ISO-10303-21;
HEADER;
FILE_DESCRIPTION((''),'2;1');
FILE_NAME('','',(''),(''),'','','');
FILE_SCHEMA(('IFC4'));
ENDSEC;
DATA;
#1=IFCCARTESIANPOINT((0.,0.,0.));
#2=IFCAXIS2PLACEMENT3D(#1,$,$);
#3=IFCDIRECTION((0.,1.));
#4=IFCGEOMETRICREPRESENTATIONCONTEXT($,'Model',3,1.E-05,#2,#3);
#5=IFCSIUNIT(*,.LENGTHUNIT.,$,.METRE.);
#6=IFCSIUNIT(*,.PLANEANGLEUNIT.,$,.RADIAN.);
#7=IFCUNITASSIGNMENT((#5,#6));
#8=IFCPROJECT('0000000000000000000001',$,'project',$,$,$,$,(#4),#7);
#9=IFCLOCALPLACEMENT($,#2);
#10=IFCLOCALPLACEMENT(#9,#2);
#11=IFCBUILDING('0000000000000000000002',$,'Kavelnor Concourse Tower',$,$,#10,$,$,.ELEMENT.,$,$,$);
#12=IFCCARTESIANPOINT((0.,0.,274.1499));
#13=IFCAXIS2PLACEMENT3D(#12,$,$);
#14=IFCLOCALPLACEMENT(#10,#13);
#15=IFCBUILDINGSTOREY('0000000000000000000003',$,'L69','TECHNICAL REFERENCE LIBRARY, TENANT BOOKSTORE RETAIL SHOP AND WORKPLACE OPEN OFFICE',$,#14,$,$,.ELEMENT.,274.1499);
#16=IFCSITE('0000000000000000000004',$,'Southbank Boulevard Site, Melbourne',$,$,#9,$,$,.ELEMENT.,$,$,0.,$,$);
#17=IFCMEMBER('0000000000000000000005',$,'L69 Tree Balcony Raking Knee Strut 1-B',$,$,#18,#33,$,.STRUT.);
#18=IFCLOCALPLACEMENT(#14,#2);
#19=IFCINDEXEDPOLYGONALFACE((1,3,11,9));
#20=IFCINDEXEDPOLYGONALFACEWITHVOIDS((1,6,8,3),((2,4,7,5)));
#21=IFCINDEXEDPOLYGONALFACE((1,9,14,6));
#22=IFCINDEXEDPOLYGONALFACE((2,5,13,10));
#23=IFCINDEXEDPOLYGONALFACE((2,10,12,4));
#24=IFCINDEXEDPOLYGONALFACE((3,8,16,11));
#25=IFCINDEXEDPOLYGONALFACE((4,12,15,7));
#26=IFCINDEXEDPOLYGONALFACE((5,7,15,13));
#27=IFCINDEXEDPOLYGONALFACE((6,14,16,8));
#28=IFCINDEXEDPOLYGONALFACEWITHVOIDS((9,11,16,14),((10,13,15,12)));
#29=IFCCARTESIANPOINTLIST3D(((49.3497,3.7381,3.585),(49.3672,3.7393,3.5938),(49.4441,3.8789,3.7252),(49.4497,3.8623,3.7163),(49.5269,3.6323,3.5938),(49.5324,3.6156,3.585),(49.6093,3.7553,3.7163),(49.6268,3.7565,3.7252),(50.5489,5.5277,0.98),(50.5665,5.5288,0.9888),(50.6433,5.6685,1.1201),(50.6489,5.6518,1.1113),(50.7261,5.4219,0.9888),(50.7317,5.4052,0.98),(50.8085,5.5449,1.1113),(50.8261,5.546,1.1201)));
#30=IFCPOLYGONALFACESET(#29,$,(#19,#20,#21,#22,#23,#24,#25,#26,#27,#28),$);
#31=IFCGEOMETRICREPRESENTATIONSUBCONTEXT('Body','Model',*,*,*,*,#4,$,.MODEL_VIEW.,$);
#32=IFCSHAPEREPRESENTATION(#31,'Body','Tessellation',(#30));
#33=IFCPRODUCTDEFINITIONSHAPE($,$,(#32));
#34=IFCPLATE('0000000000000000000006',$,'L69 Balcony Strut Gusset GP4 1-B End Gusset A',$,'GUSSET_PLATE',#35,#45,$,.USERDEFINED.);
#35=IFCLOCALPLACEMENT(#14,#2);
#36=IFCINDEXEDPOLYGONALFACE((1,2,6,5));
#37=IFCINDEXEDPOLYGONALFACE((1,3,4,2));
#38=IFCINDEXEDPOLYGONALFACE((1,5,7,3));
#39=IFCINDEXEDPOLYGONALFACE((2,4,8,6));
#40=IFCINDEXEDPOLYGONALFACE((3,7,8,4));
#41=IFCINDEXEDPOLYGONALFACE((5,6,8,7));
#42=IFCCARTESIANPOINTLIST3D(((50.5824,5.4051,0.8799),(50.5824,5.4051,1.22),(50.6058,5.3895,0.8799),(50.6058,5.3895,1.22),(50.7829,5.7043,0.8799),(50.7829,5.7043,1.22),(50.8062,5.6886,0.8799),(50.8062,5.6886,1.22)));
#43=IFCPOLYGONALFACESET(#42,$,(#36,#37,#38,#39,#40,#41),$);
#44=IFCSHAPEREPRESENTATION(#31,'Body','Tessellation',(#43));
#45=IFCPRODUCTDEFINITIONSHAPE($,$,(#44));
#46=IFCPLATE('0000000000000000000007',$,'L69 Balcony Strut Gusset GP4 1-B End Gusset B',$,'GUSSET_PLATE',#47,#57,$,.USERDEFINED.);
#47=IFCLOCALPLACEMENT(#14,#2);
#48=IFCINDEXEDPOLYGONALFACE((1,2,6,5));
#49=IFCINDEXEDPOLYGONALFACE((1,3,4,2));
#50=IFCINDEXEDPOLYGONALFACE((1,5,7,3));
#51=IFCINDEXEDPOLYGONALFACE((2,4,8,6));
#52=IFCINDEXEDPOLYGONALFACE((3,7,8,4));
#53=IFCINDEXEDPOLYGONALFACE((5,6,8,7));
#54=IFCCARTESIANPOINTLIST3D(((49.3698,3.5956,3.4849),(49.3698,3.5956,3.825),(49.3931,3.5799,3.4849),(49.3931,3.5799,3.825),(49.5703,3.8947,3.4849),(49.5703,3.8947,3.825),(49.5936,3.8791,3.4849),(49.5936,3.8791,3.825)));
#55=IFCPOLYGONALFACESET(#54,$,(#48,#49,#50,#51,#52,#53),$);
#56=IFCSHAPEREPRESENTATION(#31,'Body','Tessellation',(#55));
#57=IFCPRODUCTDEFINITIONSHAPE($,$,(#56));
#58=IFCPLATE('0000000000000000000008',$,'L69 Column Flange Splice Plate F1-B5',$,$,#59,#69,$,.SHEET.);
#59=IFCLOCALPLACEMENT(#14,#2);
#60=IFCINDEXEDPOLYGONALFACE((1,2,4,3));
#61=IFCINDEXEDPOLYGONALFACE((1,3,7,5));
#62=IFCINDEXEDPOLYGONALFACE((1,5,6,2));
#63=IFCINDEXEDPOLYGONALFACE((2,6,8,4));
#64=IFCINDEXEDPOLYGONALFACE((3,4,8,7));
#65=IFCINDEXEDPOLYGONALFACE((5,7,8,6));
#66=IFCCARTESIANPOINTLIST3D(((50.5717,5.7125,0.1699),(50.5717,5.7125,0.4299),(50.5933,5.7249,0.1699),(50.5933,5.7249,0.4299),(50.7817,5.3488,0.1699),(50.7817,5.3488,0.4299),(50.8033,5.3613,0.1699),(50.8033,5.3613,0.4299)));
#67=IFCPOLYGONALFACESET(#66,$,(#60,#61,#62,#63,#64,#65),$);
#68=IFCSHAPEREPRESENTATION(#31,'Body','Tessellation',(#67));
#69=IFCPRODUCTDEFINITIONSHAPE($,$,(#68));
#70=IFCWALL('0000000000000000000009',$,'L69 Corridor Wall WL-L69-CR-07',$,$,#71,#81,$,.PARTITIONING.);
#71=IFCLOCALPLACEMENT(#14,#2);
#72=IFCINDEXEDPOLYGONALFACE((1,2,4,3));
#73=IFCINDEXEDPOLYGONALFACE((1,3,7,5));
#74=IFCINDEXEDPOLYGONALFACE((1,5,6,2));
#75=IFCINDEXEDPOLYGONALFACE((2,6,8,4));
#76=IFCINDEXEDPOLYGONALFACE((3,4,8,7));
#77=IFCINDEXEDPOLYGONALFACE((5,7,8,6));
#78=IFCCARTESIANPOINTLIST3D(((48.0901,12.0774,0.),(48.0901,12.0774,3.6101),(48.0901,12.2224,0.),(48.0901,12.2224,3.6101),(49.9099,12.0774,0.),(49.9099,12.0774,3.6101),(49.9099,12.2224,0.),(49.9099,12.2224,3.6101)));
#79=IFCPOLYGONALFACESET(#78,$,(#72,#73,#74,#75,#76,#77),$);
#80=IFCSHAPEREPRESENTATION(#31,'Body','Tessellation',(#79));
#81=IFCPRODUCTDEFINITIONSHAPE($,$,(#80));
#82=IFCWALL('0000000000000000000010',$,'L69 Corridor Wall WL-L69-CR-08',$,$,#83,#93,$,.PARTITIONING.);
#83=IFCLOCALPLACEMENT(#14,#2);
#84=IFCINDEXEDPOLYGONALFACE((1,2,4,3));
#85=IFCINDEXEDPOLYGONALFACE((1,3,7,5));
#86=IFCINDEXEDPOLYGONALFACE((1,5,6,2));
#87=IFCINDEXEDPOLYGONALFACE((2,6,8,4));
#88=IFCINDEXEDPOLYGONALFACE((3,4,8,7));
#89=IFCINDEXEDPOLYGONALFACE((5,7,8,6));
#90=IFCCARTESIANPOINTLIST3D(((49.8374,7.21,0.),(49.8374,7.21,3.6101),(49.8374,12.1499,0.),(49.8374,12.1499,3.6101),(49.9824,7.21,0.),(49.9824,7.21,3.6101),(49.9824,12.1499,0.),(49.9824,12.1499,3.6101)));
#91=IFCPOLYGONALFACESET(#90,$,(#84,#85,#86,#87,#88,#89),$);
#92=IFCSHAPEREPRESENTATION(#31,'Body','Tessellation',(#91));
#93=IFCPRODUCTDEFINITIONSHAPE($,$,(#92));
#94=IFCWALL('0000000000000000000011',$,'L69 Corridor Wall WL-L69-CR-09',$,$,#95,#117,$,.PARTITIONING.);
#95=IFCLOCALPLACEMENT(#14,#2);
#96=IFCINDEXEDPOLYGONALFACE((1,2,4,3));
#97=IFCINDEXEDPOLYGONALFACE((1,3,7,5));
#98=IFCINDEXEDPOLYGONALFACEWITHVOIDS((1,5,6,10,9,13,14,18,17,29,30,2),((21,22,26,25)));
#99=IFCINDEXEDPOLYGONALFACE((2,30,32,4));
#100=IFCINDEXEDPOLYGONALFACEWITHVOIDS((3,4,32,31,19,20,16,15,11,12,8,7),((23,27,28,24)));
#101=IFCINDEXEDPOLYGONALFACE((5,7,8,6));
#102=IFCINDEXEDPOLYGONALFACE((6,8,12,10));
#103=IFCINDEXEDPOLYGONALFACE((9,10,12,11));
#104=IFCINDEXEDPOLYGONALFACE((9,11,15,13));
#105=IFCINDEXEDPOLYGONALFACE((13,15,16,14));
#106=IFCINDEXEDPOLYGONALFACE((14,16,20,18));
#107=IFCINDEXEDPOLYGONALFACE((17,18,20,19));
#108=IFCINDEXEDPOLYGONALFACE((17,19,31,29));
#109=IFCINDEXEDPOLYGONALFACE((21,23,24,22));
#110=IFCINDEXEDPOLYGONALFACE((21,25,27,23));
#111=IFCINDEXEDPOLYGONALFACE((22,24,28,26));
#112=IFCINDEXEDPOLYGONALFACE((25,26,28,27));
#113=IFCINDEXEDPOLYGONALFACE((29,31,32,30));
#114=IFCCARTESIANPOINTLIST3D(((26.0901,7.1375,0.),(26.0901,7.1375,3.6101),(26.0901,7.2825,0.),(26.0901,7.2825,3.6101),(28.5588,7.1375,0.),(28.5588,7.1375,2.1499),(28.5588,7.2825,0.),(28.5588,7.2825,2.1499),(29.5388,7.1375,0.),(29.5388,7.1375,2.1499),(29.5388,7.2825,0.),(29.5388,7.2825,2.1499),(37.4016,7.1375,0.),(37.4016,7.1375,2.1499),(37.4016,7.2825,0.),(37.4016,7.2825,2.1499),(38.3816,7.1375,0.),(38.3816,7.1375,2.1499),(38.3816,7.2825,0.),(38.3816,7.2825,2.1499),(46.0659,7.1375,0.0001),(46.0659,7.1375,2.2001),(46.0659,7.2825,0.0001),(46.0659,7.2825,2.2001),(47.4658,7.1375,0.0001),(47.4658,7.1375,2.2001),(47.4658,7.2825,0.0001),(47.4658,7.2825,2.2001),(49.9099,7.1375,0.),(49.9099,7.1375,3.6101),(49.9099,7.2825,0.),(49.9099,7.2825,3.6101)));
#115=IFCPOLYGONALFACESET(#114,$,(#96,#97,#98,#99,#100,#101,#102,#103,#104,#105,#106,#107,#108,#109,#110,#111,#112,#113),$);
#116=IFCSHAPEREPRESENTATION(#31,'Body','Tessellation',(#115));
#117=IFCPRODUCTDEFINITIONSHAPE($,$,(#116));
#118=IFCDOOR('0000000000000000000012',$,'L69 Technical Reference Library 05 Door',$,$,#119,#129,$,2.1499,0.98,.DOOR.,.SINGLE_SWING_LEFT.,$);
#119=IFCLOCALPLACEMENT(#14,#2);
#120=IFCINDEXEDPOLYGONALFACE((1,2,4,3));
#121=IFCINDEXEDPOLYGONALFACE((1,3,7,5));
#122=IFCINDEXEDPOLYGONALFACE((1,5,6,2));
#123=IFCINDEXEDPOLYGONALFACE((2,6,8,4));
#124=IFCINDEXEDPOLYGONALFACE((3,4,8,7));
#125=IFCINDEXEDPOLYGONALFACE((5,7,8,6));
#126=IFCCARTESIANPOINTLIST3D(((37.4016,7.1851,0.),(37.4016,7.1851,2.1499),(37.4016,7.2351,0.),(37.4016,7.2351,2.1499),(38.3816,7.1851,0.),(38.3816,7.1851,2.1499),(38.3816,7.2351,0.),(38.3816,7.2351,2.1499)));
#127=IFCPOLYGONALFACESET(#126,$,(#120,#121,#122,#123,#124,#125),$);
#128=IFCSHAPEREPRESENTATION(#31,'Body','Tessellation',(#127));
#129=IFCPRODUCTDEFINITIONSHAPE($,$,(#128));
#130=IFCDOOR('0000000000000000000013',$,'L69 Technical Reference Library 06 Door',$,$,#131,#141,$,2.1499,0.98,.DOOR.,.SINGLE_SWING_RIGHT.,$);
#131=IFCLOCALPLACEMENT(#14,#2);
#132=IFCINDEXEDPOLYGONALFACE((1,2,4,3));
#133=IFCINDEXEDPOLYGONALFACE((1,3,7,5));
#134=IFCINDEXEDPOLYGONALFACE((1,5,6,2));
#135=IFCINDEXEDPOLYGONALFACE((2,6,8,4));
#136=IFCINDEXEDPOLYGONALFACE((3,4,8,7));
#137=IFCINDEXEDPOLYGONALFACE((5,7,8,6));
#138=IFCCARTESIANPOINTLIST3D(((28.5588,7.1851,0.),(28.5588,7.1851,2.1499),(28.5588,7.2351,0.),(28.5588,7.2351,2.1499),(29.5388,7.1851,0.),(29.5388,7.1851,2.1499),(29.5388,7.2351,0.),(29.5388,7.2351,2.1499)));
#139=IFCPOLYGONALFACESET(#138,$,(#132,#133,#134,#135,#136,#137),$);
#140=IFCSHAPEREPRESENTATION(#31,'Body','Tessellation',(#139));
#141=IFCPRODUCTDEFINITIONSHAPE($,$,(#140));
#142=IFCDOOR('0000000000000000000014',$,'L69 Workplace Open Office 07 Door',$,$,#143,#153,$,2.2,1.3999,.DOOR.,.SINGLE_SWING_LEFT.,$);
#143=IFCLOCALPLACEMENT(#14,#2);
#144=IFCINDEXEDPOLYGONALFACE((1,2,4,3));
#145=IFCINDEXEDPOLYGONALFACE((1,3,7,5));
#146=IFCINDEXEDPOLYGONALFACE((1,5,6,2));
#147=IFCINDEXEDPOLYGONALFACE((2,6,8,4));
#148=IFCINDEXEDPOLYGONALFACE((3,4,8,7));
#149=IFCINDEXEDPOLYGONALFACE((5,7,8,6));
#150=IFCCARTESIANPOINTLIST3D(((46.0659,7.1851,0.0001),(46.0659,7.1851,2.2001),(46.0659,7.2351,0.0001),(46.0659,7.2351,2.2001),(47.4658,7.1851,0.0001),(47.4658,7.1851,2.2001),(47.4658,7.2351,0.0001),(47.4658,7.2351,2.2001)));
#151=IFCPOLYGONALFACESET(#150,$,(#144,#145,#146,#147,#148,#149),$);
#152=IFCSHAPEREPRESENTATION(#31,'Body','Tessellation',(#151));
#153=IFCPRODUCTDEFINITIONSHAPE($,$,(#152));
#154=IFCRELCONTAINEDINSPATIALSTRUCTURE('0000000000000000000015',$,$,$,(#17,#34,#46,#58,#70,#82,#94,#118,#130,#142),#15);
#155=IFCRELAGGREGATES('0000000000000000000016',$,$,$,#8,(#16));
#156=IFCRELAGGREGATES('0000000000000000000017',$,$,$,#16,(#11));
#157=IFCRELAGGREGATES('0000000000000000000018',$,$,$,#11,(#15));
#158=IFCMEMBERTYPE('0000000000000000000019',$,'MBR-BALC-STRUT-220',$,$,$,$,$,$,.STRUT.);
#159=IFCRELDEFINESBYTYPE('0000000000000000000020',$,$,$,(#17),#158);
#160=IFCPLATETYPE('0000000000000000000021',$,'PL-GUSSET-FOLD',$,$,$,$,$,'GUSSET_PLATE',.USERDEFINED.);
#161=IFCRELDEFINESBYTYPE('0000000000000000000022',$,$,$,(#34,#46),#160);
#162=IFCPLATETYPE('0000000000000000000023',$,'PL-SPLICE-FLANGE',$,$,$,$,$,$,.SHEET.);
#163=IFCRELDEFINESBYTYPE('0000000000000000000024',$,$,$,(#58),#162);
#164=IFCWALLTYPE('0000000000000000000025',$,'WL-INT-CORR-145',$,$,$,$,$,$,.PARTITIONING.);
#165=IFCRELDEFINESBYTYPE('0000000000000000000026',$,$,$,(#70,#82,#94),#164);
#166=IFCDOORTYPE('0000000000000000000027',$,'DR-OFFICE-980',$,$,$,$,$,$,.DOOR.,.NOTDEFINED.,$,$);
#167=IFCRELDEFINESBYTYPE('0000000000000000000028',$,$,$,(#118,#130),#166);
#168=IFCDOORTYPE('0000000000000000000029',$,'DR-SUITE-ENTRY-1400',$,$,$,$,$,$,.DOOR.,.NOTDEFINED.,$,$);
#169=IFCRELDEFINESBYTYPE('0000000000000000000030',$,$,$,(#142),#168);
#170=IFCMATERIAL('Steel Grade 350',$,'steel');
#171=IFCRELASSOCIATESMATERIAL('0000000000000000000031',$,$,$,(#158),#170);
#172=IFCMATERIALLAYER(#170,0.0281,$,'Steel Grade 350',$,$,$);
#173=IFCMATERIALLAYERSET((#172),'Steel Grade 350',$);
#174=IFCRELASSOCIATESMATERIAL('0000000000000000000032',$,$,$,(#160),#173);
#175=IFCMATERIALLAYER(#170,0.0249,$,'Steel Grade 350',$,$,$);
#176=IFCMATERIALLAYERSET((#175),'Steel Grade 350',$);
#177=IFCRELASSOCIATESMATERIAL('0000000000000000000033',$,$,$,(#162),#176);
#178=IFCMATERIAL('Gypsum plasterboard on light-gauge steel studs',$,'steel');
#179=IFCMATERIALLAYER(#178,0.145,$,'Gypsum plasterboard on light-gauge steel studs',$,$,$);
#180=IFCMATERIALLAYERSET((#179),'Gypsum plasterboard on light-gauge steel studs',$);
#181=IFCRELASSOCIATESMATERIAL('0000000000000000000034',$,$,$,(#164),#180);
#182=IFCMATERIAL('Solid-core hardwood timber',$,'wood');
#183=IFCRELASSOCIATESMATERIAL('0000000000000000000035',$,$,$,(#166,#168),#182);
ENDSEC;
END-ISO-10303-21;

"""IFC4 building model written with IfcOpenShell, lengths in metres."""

from ifc_helpers import new_model, si_unit, direction, frame, frame_2d, origin, origin_2d, place, context, subcontext, project, spatial, rectangle, hollow_rectangle, extrude, material, layer, layer_set, material_profile, profile_set, type_object, element, fill, save


model = new_model("IFC4")

# Units and contexts
model_context = context("Model", 3, precision=1e-05, world=origin(), true_north=direction((0.0, 1.0)))
body_context = subcontext(model_context, "Body", "Model", "MODEL_VIEW")
ifc_project = project(units=[si_unit("LENGTHUNIT", "METRE"), si_unit("PLANEANGLEUNIT", "RADIAN")], contexts=[model_context])

# Site, building, storey
site_placement = place(None, origin())
site = spatial("IfcSite", under=ifc_project, at=site_placement, Name="Southbank Boulevard Site, Melbourne", CompositionType="ELEMENT", RefElevation=0.0)
building_placement = place(site_placement, origin())
building = spatial("IfcBuilding", under=site, at=building_placement, Name="Kavelnor Concourse Tower", CompositionType="ELEMENT")
storey_placement = place(building_placement, frame((0.0, 0.0, 274.1499)))
storey = spatial("IfcBuildingStorey", under=building, at=storey_placement, Name="L69", Description="TECHNICAL REFERENCE LIBRARY, TENANT BOOKSTORE RETAIL SHOP AND WORKPLACE OPEN OFFICE", CompositionType="ELEMENT", Elevation=274.1499)

# Shared definitions
ifc_material_1 = material(Name="Steel Grade 350", Category="steel")

# Member
ifc_material_profile_1 = material_profile(ifc_material_1, hollow_rectangle(XDim=0.22, YDim=0.22, WallThickness=0.0139, at=origin_2d()), Name="SHS 220x220x14")
ifc_profile_set_1 = profile_set([ifc_material_profile_1], Name="Steel Grade 350")
member_type = type_object("IfcMemberType", Name="MBR-BALC-STRUT-220", PredefinedType="STRUT", material=ifc_profile_set_1)
member_placement = place(storey_placement, frame((50.6875, 5.5369, 1.05), z_axis=(-0.354765, -0.529403, 0.770632), x_axis=(0.830723, -0.556686, 0.0)))
element("IfcMember", 1, at=member_placement, inside=storey, type_object=member_type, Name="L69 Tree Balcony Raking Knee Strut 1-B", PredefinedType="STRUT", context=body_context, shape_type="SweptSolid", body=[
    extrude(hollow_rectangle(XDim=0.22, YDim=0.22, WallThickness=0.0139, at=origin_2d()), origin(), (0.0, 0.0, 1.0), 3.3804),
])

# Plates
ifc_layer_1 = layer(ifc_material_1, 0.0281, Name="Steel Grade 350")
ifc_layer_set_1 = layer_set([ifc_layer_1], Name="Steel Grade 350")
plate_type_1 = type_object("IfcPlateType", Name="PL-GUSSET-FOLD", ElementType="GUSSET_PLATE", PredefinedType="USERDEFINED", material=ifc_layer_set_1)
for number, where, z_axis, x_axis, name in (
    (2, (50.6943, 5.5469, 0.8799), (0.0, 0.0, 1.0), (-0.556731, -0.830693, 0.0), "L69 Balcony Strut Gusset GP4 1-B End Gusset A"),
    (3, (49.4817, 3.7373, 3.4849), (0.0, 0.0, 1.0), (-0.556731, -0.830693, 0.0), "L69 Balcony Strut Gusset GP4 1-B End Gusset B"),
):
    element("IfcPlate", number, at=place(storey_placement, frame(where, z_axis=z_axis, x_axis=x_axis)), inside=storey, type_object=plate_type_1, Name=name, ObjectType="GUSSET_PLATE", PredefinedType="USERDEFINED", context=body_context, shape_type="SweptSolid", body=[
        extrude(rectangle(XDim=0.3601, YDim=0.0281, at=origin_2d()), origin(), (0.0, 0.0, 1.0), 0.3401),
    ])
ifc_layer_2 = layer(ifc_material_1, 0.0249, Name="Steel Grade 350")
ifc_layer_set_2 = layer_set([ifc_layer_2], Name="Steel Grade 350")
plate_type_2 = type_object("IfcPlateType", Name="PL-SPLICE-FLANGE", PredefinedType="SHEET", material=ifc_layer_set_2)
plate_placement = place(storey_placement, frame((50.6875, 5.5369, 0.1699), z_axis=(0.0, 0.0, 1.0), x_axis=(-0.5, 0.866025, 0.0)))
element("IfcPlate", 4, at=plate_placement, inside=storey, type_object=plate_type_2, Name="L69 Column Flange Splice Plate F1-B5", PredefinedType="SHEET", context=body_context, shape_type="SweptSolid", body=[
    extrude(rectangle(XDim=0.4199, YDim=0.0249, at=origin_2d()), origin(), (0.0, 0.0, 1.0), 0.26),
])

# Walls
ifc_material_2 = material(Name="Gypsum plasterboard on light-gauge steel studs", Category="steel")
ifc_layer_3 = layer(ifc_material_2, 0.145, Name="Gypsum plasterboard on light-gauge steel studs")
ifc_layer_set_3 = layer_set([ifc_layer_3], Name="Gypsum plasterboard on light-gauge steel studs")
wall_type = type_object("IfcWallType", Name="WL-INT-CORR-145", PredefinedType="PARTITIONING", material=ifc_layer_set_3)
wall_1_placement = place(storey_placement, frame((48.0901, 12.1499, 0.0), z_axis=(0.0, 0.0, 1.0), x_axis=(1.0, 0.0, 0.0)))
element("IfcWall", 5, at=wall_1_placement, inside=storey, type_object=wall_type, Name="L69 Corridor Wall WL-L69-CR-07", PredefinedType="PARTITIONING", context=body_context, shape_type="SweptSolid", body=[
    extrude(rectangle(XDim=1.8198, YDim=0.145, at=frame_2d((0.9099, 0.0))), origin(), (0.0, 0.0, 1.0), 3.6101),
])
wall_2_placement = place(storey_placement, frame((49.9099, 12.1499, 0.0), z_axis=(0.0, 0.0, 1.0), x_axis=(0.0, -1.0, 0.0)))
element("IfcWall", 6, at=wall_2_placement, inside=storey, type_object=wall_type, Name="L69 Corridor Wall WL-L69-CR-08", PredefinedType="PARTITIONING", context=body_context, shape_type="SweptSolid", body=[
    extrude(rectangle(XDim=4.9399, YDim=0.145, at=frame_2d((2.47, 0.0))), origin(), (0.0, 0.0, 1.0), 3.6101),
])

# Wall, openings, doors
wall_3_placement = place(storey_placement, frame((49.9099, 7.21, 0.0), z_axis=(0.0, 0.0, 1.0), x_axis=(-1.0, 0.0, 0.0)))
wall_3 = element("IfcWall", 7, at=wall_3_placement, inside=storey, type_object=wall_type, Name="L69 Corridor Wall WL-L69-CR-09", PredefinedType="PARTITIONING", context=body_context, shape_type="SweptSolid", body=[
    extrude(rectangle(XDim=23.8198, YDim=0.145, at=frame_2d((11.9099, 0.0))), origin(), (0.0, 0.0, 1.0), 3.6101),
])
opening_1_placement = place(wall_3_placement, frame((11.5283, 0.0, 0.0)))
opening_1 = element("IfcOpeningElement", 8, at=opening_1_placement, cuts=wall_3, PredefinedType="OPENING", context=body_context, shape_type="SweptSolid", body=[
    extrude(rectangle(XDim=0.98, YDim=2.1499, at=frame_2d((0.49, 1.075))), frame((0.0, 0.0825, 0.0), z_axis=(0.0, -1.0, 0.0), x_axis=(1.0, 0.0, 0.0)), (0.0, 0.0, 1.0), 0.165),
])
opening_2_placement = place(wall_3_placement, frame((20.3711, 0.0, 0.0)))
opening_2 = element("IfcOpeningElement", 9, at=opening_2_placement, cuts=wall_3, PredefinedType="OPENING", context=body_context, shape_type="SweptSolid", body=[
    extrude(rectangle(XDim=0.98, YDim=2.1499, at=frame_2d((0.49, 1.075))), frame((0.0, 0.0825, 0.0), z_axis=(0.0, -1.0, 0.0), x_axis=(1.0, 0.0, 0.0)), (0.0, 0.0, 1.0), 0.165),
])
opening_3_placement = place(wall_3_placement, frame((2.4441, 0.0, 0.0)))
opening_3 = element("IfcOpeningElement", 10, at=opening_3_placement, cuts=wall_3, PredefinedType="OPENING", context=body_context, shape_type="SweptSolid", body=[
    extrude(rectangle(XDim=1.3999, YDim=2.2, at=frame_2d((0.7, 1.1001))), frame((0.0, 0.0825, 0.0), z_axis=(0.0, -1.0, 0.0), x_axis=(1.0, 0.0, 0.0)), (0.0, 0.0, 1.0), 0.165),
])
ifc_material_3 = material(Name="Solid-core hardwood timber", Category="wood")
door_type_1 = type_object("IfcDoorType", Name="DR-OFFICE-980", OperationType="NOTDEFINED", PredefinedType="DOOR", material=ifc_material_3)
door_1_placement = place(opening_1_placement, origin())
door_1 = element("IfcDoor", 11, at=door_1_placement, inside=storey, type_object=door_type_1, Name="L69 Technical Reference Library 05 Door", OperationType="SINGLE_SWING_LEFT", OverallHeight=2.1499, OverallWidth=0.98, PredefinedType="DOOR", context=body_context, shape_type="SweptSolid", body=[
    extrude(rectangle(XDim=0.98, YDim=2.1499, at=frame_2d((0.49, 1.075))), frame((0.0, 0.0249, 0.0), z_axis=(0.0, -1.0, 0.0), x_axis=(1.0, 0.0, 0.0)), (0.0, 0.0, 1.0), 0.05),
])
fill(opening_1, door_1)
door_2_placement = place(opening_2_placement, origin())
door_2 = element("IfcDoor", 12, at=door_2_placement, inside=storey, type_object=door_type_1, Name="L69 Technical Reference Library 06 Door", OperationType="SINGLE_SWING_RIGHT", OverallHeight=2.1499, OverallWidth=0.98, PredefinedType="DOOR", context=body_context, shape_type="SweptSolid", body=[
    extrude(rectangle(XDim=0.98, YDim=2.1499, at=frame_2d((0.49, 1.075))), frame((0.0, 0.0249, 0.0), z_axis=(0.0, -1.0, 0.0), x_axis=(1.0, 0.0, 0.0)), (0.0, 0.0, 1.0), 0.05),
])
fill(opening_2, door_2)
door_type_2 = type_object("IfcDoorType", Name="DR-SUITE-ENTRY-1400", OperationType="NOTDEFINED", PredefinedType="DOOR", material=ifc_material_3)
door_3_placement = place(opening_3_placement, origin())
door_3 = element("IfcDoor", 13, at=door_3_placement, inside=storey, type_object=door_type_2, Name="L69 Workplace Open Office 07 Door", OperationType="SINGLE_SWING_LEFT", OverallHeight=2.2, OverallWidth=1.3999, PredefinedType="DOOR", context=body_context, shape_type="SweptSolid", body=[
    extrude(rectangle(XDim=1.3999, YDim=2.2, at=frame_2d((0.7, 1.1001))), frame((0.0, 0.0249, 0.0), z_axis=(0.0, -1.0, 0.0), x_axis=(1.0, 0.0, 0.0)), (0.0, 0.0, 1.0), 0.05),
])
fill(opening_3, door_3)

save(model, "model.ifc")
